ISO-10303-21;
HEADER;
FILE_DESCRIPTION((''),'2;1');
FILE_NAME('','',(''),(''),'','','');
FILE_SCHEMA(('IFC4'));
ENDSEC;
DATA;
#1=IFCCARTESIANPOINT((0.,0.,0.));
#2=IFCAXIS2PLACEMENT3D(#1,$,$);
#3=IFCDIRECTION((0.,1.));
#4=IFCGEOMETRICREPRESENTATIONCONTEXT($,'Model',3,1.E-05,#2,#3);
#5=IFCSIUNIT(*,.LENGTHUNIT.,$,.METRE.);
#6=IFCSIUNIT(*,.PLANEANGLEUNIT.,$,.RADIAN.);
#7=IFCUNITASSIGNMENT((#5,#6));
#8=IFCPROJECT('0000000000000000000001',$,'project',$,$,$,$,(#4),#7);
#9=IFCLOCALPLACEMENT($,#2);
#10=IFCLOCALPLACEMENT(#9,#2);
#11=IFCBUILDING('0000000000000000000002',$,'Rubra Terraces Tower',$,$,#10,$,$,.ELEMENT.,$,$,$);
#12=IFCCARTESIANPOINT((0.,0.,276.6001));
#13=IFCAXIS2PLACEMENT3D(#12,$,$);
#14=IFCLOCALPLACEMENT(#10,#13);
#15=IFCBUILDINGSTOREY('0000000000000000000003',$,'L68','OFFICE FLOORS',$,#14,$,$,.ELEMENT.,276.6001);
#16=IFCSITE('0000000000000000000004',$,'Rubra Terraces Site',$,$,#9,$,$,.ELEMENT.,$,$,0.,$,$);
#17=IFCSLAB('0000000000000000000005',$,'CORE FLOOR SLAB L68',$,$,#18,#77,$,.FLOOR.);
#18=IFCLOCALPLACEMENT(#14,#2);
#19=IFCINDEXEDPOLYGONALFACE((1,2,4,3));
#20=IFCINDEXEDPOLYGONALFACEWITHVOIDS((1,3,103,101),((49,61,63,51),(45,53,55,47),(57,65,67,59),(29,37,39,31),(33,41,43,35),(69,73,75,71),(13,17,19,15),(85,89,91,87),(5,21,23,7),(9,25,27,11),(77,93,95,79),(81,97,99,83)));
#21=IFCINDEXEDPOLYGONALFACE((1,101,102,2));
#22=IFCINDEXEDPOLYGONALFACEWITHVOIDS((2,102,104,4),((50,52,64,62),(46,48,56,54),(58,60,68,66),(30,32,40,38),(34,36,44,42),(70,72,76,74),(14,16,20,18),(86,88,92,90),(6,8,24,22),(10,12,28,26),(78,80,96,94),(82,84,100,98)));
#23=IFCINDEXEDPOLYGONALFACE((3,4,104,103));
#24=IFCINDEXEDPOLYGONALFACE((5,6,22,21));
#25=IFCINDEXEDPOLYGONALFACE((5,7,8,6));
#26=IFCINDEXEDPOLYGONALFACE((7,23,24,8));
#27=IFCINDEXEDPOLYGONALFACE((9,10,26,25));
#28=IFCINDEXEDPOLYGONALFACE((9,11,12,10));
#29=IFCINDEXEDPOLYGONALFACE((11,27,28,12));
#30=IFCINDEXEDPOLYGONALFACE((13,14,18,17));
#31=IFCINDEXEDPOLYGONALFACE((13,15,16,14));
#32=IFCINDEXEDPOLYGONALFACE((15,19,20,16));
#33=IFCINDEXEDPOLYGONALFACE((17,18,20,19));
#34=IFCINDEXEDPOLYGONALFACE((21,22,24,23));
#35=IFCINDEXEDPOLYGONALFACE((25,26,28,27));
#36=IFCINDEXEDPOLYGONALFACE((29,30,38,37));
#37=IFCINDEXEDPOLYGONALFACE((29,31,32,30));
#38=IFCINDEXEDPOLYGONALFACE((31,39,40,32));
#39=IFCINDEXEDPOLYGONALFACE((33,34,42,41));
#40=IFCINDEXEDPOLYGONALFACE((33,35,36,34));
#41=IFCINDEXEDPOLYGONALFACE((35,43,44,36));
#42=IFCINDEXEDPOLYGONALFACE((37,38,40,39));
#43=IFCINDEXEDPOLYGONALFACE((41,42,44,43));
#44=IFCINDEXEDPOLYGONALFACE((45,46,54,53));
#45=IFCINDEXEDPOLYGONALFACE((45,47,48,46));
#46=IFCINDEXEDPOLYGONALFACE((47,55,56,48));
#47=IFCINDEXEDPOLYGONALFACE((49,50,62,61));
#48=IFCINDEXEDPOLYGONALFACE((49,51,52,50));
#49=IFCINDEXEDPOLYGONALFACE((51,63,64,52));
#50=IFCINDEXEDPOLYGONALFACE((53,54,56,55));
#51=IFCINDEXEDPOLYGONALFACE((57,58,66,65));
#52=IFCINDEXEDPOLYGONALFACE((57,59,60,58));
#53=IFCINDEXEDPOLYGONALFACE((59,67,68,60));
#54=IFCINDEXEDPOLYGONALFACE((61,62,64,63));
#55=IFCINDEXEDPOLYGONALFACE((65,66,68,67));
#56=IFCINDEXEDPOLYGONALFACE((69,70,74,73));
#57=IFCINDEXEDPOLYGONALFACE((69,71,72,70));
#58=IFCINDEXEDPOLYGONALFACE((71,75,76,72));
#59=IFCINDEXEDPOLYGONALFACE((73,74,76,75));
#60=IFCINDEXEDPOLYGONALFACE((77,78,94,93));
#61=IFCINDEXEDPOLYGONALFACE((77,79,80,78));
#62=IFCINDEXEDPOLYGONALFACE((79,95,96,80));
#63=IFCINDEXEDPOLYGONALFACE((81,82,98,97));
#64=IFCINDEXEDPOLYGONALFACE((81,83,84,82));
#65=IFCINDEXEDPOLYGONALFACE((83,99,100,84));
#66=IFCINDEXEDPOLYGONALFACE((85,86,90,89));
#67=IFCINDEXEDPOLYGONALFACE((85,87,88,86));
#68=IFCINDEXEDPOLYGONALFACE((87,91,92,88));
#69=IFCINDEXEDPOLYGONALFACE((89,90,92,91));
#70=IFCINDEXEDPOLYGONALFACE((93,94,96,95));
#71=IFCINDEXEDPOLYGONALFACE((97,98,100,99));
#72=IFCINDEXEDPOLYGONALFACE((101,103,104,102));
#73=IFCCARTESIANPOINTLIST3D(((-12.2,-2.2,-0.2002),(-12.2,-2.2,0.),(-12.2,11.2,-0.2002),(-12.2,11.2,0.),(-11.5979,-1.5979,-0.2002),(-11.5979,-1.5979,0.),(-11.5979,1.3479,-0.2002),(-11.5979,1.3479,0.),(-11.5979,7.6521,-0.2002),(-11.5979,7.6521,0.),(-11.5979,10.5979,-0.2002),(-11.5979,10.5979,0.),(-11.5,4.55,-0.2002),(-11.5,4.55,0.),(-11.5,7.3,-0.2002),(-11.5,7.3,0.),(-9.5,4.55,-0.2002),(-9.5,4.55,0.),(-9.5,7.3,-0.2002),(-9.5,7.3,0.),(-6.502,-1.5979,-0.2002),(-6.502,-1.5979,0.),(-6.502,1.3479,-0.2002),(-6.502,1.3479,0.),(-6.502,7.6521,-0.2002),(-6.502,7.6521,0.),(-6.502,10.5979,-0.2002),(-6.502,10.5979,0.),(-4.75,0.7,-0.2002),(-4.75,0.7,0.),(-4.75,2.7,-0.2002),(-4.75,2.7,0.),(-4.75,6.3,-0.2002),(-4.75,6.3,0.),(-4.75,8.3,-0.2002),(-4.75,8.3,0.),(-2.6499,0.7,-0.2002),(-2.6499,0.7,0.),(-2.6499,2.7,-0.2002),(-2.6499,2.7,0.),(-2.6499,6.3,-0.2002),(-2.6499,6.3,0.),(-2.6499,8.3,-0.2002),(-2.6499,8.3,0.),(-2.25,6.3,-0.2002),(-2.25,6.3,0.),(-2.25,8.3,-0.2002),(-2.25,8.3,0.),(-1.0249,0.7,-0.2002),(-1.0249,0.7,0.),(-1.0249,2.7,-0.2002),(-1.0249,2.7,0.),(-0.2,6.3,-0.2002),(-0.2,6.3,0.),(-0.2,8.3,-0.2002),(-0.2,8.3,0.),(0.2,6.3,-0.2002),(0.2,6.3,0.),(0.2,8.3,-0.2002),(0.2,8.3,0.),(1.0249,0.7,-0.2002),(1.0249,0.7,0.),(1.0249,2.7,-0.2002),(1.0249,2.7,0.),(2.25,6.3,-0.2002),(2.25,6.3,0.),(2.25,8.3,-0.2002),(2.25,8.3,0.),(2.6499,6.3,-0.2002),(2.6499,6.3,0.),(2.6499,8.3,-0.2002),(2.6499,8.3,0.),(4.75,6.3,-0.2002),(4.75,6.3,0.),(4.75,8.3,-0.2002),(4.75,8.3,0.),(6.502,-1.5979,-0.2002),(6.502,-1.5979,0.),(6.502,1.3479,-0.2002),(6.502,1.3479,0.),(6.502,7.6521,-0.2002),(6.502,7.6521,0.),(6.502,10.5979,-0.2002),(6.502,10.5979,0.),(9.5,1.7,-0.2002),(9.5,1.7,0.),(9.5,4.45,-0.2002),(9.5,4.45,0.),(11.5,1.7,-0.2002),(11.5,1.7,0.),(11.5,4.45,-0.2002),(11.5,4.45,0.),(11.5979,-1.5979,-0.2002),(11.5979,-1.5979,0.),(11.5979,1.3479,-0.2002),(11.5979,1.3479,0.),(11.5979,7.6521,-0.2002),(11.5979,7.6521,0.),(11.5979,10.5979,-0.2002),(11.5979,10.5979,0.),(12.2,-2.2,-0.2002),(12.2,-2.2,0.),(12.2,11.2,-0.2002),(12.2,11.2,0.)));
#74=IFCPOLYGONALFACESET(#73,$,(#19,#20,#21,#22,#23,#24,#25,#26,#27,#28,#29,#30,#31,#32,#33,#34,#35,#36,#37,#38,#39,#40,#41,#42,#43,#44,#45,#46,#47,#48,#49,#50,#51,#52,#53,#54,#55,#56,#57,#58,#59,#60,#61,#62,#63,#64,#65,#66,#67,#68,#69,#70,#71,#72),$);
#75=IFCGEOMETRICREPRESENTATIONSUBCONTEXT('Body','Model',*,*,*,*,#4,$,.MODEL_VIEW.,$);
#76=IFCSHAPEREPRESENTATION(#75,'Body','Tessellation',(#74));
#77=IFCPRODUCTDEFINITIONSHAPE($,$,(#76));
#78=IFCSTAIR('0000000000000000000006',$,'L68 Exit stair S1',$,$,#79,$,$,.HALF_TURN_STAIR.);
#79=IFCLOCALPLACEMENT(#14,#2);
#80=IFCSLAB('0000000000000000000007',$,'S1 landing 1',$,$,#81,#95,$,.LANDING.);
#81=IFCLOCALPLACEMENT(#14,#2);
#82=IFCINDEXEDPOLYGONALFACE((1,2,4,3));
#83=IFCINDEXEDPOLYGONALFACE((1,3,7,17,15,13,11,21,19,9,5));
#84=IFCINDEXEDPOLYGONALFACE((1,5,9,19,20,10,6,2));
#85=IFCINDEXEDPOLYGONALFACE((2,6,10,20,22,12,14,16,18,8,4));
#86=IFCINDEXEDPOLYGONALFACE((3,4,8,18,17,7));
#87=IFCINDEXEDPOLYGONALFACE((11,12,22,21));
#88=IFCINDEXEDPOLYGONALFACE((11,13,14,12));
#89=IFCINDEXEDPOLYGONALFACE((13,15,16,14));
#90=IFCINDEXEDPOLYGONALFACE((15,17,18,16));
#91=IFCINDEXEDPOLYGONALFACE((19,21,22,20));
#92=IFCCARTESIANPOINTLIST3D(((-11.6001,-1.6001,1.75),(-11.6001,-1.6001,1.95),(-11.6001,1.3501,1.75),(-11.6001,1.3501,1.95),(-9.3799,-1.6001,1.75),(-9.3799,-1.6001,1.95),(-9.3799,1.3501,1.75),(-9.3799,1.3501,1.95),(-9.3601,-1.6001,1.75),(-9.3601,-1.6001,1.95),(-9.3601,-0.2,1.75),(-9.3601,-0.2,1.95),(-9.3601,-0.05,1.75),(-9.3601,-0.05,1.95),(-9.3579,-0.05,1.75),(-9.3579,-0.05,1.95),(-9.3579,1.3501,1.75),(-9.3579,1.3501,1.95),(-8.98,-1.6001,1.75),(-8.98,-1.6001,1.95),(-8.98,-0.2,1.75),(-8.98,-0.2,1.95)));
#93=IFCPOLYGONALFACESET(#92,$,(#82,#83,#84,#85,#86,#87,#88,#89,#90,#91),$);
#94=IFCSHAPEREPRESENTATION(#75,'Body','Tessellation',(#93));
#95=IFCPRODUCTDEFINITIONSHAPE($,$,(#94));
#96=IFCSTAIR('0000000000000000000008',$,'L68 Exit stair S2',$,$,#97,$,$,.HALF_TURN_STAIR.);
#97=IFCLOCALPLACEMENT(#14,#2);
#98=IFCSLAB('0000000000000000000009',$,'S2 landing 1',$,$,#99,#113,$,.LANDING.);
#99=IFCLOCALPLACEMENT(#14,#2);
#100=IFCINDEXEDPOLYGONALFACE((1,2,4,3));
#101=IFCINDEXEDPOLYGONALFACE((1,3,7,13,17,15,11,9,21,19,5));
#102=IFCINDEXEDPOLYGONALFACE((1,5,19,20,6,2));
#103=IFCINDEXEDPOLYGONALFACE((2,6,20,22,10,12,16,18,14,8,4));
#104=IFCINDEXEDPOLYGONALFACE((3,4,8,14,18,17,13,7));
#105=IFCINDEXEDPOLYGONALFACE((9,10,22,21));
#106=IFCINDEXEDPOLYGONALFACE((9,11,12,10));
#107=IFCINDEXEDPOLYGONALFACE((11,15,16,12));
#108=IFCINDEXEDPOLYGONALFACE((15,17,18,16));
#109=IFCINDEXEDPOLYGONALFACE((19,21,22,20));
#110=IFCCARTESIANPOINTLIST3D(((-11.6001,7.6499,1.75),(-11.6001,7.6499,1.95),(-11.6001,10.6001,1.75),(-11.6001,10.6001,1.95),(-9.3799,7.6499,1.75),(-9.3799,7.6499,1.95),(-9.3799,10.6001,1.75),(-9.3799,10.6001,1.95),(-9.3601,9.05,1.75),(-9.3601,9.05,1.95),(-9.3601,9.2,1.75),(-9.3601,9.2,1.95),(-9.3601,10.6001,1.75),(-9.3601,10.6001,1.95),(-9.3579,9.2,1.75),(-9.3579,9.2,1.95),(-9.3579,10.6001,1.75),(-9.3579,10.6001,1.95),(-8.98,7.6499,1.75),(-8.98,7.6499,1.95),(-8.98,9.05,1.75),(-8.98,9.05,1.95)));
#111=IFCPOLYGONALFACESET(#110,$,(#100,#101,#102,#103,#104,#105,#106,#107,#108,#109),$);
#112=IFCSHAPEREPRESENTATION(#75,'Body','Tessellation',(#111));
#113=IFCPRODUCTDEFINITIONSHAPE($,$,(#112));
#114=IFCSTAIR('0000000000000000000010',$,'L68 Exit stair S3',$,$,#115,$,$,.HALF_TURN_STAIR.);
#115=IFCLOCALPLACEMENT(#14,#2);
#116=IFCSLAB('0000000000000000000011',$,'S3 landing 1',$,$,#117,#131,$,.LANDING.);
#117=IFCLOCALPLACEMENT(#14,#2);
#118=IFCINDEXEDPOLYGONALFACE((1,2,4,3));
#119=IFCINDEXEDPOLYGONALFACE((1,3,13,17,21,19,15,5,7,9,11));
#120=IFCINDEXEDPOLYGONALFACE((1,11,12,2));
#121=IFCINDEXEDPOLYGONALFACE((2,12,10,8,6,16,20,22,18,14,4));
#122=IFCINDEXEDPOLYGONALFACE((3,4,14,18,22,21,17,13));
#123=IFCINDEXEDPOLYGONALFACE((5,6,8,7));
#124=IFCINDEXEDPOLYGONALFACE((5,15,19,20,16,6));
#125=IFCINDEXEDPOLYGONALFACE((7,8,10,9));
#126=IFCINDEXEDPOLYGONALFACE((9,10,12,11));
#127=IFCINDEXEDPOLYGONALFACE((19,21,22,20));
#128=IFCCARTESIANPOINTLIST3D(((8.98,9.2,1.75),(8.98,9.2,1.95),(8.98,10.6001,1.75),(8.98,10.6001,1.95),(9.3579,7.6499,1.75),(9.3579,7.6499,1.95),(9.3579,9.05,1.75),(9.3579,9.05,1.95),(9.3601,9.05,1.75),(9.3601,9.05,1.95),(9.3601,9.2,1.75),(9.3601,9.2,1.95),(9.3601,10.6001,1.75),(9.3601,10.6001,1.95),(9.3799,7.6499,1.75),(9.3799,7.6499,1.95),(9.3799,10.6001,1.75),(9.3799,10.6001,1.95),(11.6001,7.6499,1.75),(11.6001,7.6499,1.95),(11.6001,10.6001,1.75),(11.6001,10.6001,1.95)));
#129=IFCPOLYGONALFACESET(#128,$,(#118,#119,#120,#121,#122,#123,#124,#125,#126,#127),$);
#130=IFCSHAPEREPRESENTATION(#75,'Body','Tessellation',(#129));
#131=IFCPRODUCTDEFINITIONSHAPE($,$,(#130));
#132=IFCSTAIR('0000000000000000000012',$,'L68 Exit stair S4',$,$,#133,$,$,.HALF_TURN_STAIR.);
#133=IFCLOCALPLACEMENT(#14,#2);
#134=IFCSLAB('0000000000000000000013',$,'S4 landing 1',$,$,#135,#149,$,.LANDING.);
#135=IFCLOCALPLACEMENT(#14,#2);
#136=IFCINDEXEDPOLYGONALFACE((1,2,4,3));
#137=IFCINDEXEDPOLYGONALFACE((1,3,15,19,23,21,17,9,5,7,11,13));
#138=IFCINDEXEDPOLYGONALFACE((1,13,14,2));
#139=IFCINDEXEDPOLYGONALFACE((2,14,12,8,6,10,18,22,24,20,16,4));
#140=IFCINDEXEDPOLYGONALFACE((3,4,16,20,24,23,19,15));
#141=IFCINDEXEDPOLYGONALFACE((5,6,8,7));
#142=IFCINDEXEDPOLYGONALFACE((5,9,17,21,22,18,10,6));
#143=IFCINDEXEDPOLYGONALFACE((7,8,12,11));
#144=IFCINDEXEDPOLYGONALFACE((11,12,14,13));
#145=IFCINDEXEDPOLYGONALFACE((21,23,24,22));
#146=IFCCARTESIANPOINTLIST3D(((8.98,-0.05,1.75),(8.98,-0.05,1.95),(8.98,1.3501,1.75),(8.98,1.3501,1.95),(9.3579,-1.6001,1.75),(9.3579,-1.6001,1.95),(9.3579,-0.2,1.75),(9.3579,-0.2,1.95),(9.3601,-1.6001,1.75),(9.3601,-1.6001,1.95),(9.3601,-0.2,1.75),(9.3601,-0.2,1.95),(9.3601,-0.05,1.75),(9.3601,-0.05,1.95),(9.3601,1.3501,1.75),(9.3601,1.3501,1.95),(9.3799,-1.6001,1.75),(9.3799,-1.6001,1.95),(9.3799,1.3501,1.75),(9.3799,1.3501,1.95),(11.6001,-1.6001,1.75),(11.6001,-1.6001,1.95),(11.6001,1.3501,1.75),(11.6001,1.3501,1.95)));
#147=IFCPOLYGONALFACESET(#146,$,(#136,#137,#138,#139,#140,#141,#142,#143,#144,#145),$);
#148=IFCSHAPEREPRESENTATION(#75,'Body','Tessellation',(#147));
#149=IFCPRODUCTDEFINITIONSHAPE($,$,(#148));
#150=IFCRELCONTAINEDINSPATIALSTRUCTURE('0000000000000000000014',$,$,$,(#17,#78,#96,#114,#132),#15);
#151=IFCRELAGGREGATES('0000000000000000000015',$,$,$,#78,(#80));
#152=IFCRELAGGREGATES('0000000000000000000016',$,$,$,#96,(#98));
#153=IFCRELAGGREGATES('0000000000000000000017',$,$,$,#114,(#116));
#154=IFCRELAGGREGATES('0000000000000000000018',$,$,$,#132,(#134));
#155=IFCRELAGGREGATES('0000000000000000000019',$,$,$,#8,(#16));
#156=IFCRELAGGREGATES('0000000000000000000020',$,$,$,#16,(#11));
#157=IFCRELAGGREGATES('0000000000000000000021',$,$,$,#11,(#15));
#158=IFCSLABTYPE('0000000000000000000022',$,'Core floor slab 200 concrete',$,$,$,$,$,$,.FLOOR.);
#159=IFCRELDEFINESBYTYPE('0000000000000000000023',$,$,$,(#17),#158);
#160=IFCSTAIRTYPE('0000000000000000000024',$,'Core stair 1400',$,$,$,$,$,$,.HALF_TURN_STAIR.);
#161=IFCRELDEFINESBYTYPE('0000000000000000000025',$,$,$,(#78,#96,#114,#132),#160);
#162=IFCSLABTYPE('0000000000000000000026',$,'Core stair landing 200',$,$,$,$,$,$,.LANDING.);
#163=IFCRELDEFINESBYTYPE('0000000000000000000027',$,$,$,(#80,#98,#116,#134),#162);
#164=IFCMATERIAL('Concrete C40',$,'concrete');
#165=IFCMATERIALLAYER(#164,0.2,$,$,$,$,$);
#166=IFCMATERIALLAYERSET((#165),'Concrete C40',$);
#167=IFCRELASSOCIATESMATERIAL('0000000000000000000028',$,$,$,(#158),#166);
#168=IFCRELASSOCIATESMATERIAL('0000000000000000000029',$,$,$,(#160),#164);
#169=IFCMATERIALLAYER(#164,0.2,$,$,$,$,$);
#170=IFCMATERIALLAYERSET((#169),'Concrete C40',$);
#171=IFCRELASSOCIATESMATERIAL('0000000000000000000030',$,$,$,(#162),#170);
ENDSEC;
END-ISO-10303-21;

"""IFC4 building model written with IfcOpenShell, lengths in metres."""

from ifc_helpers import new_model, si_unit, direction, frame, origin, place, context, subcontext, project, spatial, polyline, outline, extrude, material, layer, layer_set, type_object, element, aggregate, save


model = new_model("IFC4")

# Units and contexts
model_context = context("Model", 3, precision=1e-05, world=origin(), true_north=direction((0.0, 1.0)))
body_context = subcontext(model_context, "Body", "Model", "MODEL_VIEW")
ifc_project = project(units=[si_unit("LENGTHUNIT", "METRE"), si_unit("PLANEANGLEUNIT", "RADIAN")], contexts=[model_context])

# Site, building, storey
site_placement = place(None, origin())
site = spatial("IfcSite", under=ifc_project, at=site_placement, Name="Rubra Terraces Site", CompositionType="ELEMENT", RefElevation=0.0)
building_placement = place(site_placement, origin())
building = spatial("IfcBuilding", under=site, at=building_placement, Name="Rubra Terraces Tower", CompositionType="ELEMENT")
storey_placement = place(building_placement, frame((0.0, 0.0, 276.6001)))
storey = spatial("IfcBuildingStorey", under=building, at=storey_placement, Name="L68", Description="OFFICE FLOORS", CompositionType="ELEMENT", Elevation=276.6001)

# Slab
ifc_material_1 = material(Name="Concrete C40", Category="concrete")
ifc_layer_1 = layer(ifc_material_1, 0.2)
ifc_layer_set_1 = layer_set([ifc_layer_1], Name="Concrete C40")
slab_type_1 = type_object("IfcSlabType", Name="Core floor slab 200 concrete", PredefinedType="FLOOR", material=ifc_layer_set_1)
slab_1_placement = place(storey_placement, frame((0.0, 0.0, -0.2002)))
element("IfcSlab", 1, at=slab_1_placement, inside=storey, type_object=slab_type_1, Name="CORE FLOOR SLAB L68", PredefinedType="FLOOR", context=body_context, shape_type="SweptSolid", body=[
    extrude(outline(polyline([(-12.2, -2.2), (-12.2, 11.2), (12.2, 11.2), (12.2, -2.2), (-12.2, -2.2)]), holes=[polyline([(11.5979, 1.3479), (6.502, 1.3479), (6.502, -1.5979), (11.5979, -1.5979), (11.5979, 1.3479)]), polyline([(11.5979, 7.6521), (11.5979, 10.5979), (6.502, 10.5979), (6.502, 7.6521), (11.5979, 7.6521)]), polyline([(9.5, 1.7), (11.5, 1.7), (11.5, 4.45), (9.5, 4.45), (9.5, 1.7)]), polyline([(4.75, 6.3), (4.75, 8.3), (2.6499, 8.3), (2.6499, 6.3), (4.75, 6.3)]), polyline([(2.25, 8.3), (0.2, 8.3), (0.2, 6.3), (2.25, 6.3), (2.25, 8.3)]), polyline([(1.0249, 0.7), (1.0249, 2.7), (-1.0249, 2.7), (-1.0249, 0.7), (1.0249, 0.7)]), polyline([(-0.2, 6.3), (-0.2, 8.3), (-2.25, 8.3), (-2.25, 6.3), (-0.2, 6.3)]), polyline([(-4.75, 8.3), (-4.75, 6.3), (-2.6499, 6.3), (-2.6499, 8.3), (-4.75, 8.3)]), polyline([(-2.6499, 0.7), (-2.6499, 2.7), (-4.75, 2.7), (-4.75, 0.7), (-2.6499, 0.7)]), polyline([(-11.5979, -1.5979), (-6.502, -1.5979), (-6.502, 1.3479), (-11.5979, 1.3479), (-11.5979, -1.5979)]), polyline([(-11.5979, 10.5979), (-11.5979, 7.6521), (-6.502, 7.6521), (-6.502, 10.5979), (-11.5979, 10.5979)]), polyline([(-9.5, 4.55), (-9.5, 7.3), (-11.5, 7.3), (-11.5, 4.55), (-9.5, 4.55)])]), origin(), (0.0, 0.0, 1.0), 0.2002),
])

# Stairs, slabs
stair_type = type_object("IfcStairType", Name="Core stair 1400", PredefinedType="HALF_TURN_STAIR", material=ifc_material_1)
stair_1_placement = place(storey_placement, origin())
stair_1 = element("IfcStair", 2, at=stair_1_placement, inside=storey, type_object=stair_type, Name="L68 Exit stair S1", PredefinedType="HALF_TURN_STAIR")
ifc_layer_2 = layer(ifc_material_1, 0.2)
ifc_layer_set_2 = layer_set([ifc_layer_2], Name="Concrete C40")
slab_type_2 = type_object("IfcSlabType", Name="Core stair landing 200", PredefinedType="LANDING", material=ifc_layer_set_2)
slab_2_placement = place(storey_placement, frame((0.0, 0.0, 1.75)))
slab_2 = element("IfcSlab", 3, at=slab_2_placement, type_object=slab_type_2, Name="S1 landing 1", PredefinedType="LANDING", context=body_context, shape_type="SweptSolid", body=[
    extrude(outline(polyline([(-8.98, -0.2), (-8.98, -1.6001), (-9.3601, -1.6001), (-9.3799, -1.6001), (-11.6001, -1.6001), (-11.6001, 1.3501), (-9.3799, 1.3501), (-9.3579, 1.3501), (-9.3579, -0.05), (-9.3601, -0.05), (-9.3601, -0.2), (-8.98, -0.2)])), origin(), (0.0, 0.0, 1.0), 0.2),
])
aggregate(stair_1, [slab_2])
stair_2_placement = place(storey_placement, origin())
stair_2 = element("IfcStair", 4, at=stair_2_placement, inside=storey, type_object=stair_type, Name="L68 Exit stair S2", PredefinedType="HALF_TURN_STAIR")
slab_3_placement = place(storey_placement, frame((0.0, 0.0, 1.75)))
slab_3 = element("IfcSlab", 5, at=slab_3_placement, type_object=slab_type_2, Name="S2 landing 1", PredefinedType="LANDING", context=body_context, shape_type="SweptSolid", body=[
    extrude(outline(polyline([(-8.98, 9.05), (-8.98, 7.6499), (-9.3799, 7.6499), (-11.6001, 7.6499), (-11.6001, 10.6001), (-9.3799, 10.6001), (-9.3601, 10.6001), (-9.3579, 10.6001), (-9.3579, 9.2), (-9.3601, 9.2), (-9.3601, 9.05), (-8.98, 9.05)])), origin(), (0.0, 0.0, 1.0), 0.2),
])
aggregate(stair_2, [slab_3])
stair_3_placement = place(storey_placement, origin())
stair_3 = element("IfcStair", 6, at=stair_3_placement, inside=storey, type_object=stair_type, Name="L68 Exit stair S3", PredefinedType="HALF_TURN_STAIR")
slab_4_placement = place(storey_placement, frame((0.0, 0.0, 1.75)))
slab_4 = element("IfcSlab", 7, at=slab_4_placement, type_object=slab_type_2, Name="S3 landing 1", PredefinedType="LANDING", context=body_context, shape_type="SweptSolid", body=[
    extrude(outline(polyline([(9.3601, 9.05), (9.3601, 9.2), (8.98, 9.2), (8.98, 10.6001), (9.3601, 10.6001), (9.3799, 10.6001), (11.6001, 10.6001), (11.6001, 7.6499), (9.3799, 7.6499), (9.3579, 7.6499), (9.3579, 9.05), (9.3601, 9.05)])), origin(), (0.0, 0.0, 1.0), 0.2),
])
aggregate(stair_3, [slab_4])
stair_4_placement = place(storey_placement, origin())
stair_4 = element("IfcStair", 8, at=stair_4_placement, inside=storey, type_object=stair_type, Name="L68 Exit stair S4", PredefinedType="HALF_TURN_STAIR")
slab_5_placement = place(storey_placement, frame((0.0, 0.0, 1.75)))
slab_5 = element("IfcSlab", 9, at=slab_5_placement, type_object=slab_type_2, Name="S4 landing 1", PredefinedType="LANDING", context=body_context, shape_type="SweptSolid", body=[
    extrude(outline(polyline([(9.3601, -0.2), (9.3601, -0.05), (8.98, -0.05), (8.98, 1.3501), (9.3601, 1.3501), (9.3799, 1.3501), (11.6001, 1.3501), (11.6001, -1.6001), (9.3799, -1.6001), (9.3601, -1.6001), (9.3579, -1.6001), (9.3579, -0.2), (9.3601, -0.2)])), origin(), (0.0, 0.0, 1.0), 0.2),
])

aggregate(stair_4, [slab_5])

save(model, "model.ifc")
